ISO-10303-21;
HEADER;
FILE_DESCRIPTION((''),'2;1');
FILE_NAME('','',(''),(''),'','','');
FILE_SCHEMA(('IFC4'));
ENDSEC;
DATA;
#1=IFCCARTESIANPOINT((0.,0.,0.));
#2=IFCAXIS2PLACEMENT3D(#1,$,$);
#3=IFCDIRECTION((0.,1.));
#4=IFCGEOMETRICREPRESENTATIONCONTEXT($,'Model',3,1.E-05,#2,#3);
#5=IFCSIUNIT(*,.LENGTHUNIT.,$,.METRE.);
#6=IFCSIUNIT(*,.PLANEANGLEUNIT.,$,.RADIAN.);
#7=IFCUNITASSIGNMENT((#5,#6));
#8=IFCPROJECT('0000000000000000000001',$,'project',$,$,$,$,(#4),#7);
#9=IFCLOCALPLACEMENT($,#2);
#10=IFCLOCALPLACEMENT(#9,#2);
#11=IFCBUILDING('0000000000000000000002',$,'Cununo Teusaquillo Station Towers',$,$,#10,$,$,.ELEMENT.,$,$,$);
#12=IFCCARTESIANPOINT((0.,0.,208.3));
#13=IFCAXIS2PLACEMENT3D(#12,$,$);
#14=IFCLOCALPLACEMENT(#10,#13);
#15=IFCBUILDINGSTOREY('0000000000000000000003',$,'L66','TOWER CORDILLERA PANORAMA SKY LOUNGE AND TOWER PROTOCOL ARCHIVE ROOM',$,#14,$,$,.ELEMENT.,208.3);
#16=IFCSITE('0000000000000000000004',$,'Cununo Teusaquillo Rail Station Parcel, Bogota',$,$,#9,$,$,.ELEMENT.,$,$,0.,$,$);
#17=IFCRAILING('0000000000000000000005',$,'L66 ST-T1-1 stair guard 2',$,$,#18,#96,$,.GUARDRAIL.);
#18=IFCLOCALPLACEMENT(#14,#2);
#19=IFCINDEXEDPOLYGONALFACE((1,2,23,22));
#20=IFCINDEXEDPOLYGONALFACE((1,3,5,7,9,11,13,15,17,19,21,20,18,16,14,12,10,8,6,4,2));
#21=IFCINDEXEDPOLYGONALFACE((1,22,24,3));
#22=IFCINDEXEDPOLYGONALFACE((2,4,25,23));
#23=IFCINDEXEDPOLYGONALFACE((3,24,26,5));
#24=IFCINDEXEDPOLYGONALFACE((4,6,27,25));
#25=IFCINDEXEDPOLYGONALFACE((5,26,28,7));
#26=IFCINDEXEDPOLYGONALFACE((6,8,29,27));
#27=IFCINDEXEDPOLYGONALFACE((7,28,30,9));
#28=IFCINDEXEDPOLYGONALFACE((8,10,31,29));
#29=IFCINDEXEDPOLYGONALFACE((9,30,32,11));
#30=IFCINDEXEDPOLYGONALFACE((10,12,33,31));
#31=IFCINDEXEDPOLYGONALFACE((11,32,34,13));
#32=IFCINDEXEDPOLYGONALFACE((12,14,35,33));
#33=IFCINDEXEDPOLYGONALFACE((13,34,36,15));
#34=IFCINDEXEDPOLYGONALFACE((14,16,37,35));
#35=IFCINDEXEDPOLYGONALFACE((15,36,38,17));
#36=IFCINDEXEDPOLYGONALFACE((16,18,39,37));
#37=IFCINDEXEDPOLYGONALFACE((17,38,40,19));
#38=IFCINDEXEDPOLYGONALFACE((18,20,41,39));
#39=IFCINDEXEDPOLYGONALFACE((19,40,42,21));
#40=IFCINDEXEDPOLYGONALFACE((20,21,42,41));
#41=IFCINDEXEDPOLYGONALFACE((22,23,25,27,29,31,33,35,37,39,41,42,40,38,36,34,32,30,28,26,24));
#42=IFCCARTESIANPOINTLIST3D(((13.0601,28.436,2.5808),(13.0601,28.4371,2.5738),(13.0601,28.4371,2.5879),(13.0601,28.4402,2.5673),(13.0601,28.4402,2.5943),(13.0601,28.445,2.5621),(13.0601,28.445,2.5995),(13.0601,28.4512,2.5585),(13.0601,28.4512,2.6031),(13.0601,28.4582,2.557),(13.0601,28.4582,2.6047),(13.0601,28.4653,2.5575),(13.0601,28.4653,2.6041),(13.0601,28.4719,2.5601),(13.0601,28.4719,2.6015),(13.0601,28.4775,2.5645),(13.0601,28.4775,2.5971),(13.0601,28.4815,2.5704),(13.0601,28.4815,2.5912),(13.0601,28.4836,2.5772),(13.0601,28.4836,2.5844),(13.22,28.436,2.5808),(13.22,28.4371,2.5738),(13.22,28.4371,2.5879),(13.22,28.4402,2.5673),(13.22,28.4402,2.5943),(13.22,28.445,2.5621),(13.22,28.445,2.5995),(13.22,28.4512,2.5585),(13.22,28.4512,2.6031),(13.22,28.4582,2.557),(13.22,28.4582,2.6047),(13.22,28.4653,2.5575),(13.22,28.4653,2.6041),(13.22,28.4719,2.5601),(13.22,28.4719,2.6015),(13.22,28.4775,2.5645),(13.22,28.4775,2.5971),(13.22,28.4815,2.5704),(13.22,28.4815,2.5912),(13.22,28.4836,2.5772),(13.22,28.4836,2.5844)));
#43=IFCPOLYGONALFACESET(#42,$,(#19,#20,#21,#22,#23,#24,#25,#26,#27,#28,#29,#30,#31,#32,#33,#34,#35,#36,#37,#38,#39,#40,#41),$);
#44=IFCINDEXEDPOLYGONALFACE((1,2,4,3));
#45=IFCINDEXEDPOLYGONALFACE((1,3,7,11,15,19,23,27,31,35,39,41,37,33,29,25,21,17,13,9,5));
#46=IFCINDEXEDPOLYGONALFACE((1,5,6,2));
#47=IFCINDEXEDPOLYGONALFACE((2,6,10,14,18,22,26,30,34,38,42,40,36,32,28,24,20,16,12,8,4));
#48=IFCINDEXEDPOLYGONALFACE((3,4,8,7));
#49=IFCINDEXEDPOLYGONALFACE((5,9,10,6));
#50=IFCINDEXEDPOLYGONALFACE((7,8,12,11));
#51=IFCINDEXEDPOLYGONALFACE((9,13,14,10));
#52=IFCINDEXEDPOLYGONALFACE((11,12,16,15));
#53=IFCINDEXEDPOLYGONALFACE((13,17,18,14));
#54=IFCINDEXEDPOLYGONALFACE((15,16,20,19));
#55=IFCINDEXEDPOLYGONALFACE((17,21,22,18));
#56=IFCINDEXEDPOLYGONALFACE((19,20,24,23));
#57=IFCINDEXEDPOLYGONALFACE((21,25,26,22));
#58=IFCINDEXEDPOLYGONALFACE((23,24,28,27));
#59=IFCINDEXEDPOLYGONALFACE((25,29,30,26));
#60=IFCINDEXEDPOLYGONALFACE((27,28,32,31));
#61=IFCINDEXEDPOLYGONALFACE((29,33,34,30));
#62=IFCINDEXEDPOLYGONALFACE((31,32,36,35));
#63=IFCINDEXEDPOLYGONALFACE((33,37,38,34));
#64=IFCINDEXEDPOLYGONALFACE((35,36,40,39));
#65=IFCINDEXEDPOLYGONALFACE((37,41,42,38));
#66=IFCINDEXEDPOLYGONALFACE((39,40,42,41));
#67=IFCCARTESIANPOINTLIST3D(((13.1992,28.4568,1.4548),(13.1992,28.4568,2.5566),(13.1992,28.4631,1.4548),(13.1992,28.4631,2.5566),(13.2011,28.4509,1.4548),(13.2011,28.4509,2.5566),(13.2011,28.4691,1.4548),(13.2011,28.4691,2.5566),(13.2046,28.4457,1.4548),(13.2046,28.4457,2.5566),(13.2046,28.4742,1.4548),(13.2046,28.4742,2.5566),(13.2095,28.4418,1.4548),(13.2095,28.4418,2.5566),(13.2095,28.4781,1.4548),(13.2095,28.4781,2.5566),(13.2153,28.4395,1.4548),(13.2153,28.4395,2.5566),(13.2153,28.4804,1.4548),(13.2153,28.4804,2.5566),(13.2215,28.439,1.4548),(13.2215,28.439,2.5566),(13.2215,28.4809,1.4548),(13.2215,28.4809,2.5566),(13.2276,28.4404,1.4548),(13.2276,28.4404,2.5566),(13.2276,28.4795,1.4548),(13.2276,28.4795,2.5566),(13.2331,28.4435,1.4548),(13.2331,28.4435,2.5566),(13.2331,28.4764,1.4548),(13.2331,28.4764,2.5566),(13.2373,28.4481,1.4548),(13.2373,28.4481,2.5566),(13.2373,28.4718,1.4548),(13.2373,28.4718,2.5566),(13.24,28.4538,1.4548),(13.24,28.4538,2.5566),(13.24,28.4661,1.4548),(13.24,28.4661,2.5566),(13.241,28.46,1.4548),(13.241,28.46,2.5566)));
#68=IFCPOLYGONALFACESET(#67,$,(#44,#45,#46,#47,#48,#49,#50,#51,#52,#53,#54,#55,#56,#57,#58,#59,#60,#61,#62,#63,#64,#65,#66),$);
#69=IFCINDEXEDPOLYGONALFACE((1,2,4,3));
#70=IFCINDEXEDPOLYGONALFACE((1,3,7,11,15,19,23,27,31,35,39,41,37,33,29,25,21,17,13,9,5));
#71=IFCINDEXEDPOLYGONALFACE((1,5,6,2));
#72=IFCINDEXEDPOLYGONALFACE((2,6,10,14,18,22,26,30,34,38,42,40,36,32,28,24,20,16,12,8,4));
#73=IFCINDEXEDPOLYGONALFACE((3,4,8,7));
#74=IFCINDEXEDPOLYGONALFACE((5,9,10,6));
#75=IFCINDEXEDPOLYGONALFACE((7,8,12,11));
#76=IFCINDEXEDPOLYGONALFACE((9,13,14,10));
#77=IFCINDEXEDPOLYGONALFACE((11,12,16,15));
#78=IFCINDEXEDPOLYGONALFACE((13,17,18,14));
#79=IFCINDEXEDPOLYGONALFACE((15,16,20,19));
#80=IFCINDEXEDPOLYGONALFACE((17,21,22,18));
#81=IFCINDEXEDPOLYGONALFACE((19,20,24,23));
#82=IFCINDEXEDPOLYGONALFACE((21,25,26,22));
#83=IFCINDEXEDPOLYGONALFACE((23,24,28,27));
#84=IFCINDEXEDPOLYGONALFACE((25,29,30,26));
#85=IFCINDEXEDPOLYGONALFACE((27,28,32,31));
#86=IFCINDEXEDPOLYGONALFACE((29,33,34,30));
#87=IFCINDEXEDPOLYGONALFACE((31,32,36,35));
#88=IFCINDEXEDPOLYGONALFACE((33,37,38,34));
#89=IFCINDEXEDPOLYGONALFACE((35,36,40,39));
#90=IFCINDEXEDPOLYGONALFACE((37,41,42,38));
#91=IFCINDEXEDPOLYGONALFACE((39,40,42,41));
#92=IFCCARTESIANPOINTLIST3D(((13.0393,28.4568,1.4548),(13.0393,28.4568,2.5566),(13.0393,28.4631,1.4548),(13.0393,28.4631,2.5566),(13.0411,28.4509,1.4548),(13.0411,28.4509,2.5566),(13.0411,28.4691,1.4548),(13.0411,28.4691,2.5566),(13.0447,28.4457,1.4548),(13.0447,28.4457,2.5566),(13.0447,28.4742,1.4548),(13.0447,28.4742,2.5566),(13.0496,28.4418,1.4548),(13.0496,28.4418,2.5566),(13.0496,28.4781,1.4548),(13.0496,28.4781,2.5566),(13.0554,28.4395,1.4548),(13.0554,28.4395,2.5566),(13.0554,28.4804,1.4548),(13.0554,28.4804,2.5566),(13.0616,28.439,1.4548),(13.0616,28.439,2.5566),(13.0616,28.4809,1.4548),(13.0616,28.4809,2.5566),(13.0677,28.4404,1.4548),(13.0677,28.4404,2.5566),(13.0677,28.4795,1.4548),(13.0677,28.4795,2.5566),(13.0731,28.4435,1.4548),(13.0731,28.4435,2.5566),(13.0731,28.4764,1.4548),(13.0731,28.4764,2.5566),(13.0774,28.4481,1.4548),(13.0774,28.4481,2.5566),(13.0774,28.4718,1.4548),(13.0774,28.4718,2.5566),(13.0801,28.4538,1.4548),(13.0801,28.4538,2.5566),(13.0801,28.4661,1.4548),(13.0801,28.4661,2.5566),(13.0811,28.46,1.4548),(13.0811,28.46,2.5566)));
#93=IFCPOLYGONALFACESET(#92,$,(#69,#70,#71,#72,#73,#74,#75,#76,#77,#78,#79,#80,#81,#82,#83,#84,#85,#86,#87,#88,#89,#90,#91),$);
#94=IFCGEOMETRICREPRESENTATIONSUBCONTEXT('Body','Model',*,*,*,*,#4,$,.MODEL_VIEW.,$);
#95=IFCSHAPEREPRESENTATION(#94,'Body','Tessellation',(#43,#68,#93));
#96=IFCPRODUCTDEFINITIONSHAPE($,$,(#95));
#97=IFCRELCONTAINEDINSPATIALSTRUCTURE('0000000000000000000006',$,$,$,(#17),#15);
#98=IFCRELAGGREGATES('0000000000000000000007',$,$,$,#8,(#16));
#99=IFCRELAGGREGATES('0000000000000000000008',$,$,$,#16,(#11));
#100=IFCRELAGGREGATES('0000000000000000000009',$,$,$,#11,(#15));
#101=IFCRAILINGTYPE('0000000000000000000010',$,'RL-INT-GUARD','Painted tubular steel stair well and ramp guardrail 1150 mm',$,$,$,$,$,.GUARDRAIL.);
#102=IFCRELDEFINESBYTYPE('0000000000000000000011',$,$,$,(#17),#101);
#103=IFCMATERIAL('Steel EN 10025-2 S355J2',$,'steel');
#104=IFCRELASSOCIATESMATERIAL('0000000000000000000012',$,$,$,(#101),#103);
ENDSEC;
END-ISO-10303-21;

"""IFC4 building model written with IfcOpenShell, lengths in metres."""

from ifc_helpers import new_model, si_unit, direction, frame, origin, origin_2d, place, context, subcontext, project, spatial, circle, extrude, material, type_object, element, save


model = new_model("IFC4")

# Units and contexts
model_context = context("Model", 3, precision=1e-05, world=origin(), true_north=direction((0.0, 1.0)))
body_context = subcontext(model_context, "Body", "Model", "MODEL_VIEW")
ifc_project = project(units=[si_unit("LENGTHUNIT", "METRE"), si_unit("PLANEANGLEUNIT", "RADIAN")], contexts=[model_context])

# Site, building, storey
site_placement = place(None, origin())
site = spatial("IfcSite", under=ifc_project, at=site_placement, Name="Cununo Teusaquillo Rail Station Parcel, Bogota", CompositionType="ELEMENT", RefElevation=0.0)
building_placement = place(site_placement, origin())
building = spatial("IfcBuilding", under=site, at=building_placement, Name="Cununo Teusaquillo Station Towers", CompositionType="ELEMENT")
storey_placement = place(building_placement, frame((0.0, 0.0, 208.3)))
storey = spatial("IfcBuildingStorey", under=building, at=storey_placement, Name="L66", Description="TOWER CORDILLERA PANORAMA SKY LOUNGE AND TOWER PROTOCOL ARCHIVE ROOM", CompositionType="ELEMENT", Elevation=208.3)

# Railing
ifc_material_1 = material(Name="Steel EN 10025-2 S355J2", Category="steel")
railing_type_1 = type_object("IfcRailingType", Name="RL-INT-GUARD", Description="Painted tubular steel stair well and ramp guardrail 1150 mm", PredefinedType="GUARDRAIL", material=ifc_material_1)
railing_1_placement = place(storey_placement, frame((13.22, 28.46, 1.4548)))
element("IfcRailing", 1, at=railing_1_placement, inside=storey, type_object=railing_type_1, Name="L66 ST-T1-1 stair guard 2", PredefinedType="GUARDRAIL", context=body_context, shape_type="SweptSolid", body=[
    extrude(circle(Radius=0.0239, at=origin_2d()), frame((0.0, 0.0, 1.126), z_axis=(-1.0, 0.0, 0.0), x_axis=(0.0, -1.0, 0.0)), (0.0, 0.0, 1.0), 0.1599),
    extrude(circle(Radius=0.021, at=origin_2d()), origin(), (0.0, 0.0, 1.0), 1.1018),
    extrude(circle(Radius=0.021, at=origin_2d()), frame((-0.1599, 0.0, 0.0)), (0.0, 0.0, 1.0), 1.1018),
])

save(model, "model.ifc")
